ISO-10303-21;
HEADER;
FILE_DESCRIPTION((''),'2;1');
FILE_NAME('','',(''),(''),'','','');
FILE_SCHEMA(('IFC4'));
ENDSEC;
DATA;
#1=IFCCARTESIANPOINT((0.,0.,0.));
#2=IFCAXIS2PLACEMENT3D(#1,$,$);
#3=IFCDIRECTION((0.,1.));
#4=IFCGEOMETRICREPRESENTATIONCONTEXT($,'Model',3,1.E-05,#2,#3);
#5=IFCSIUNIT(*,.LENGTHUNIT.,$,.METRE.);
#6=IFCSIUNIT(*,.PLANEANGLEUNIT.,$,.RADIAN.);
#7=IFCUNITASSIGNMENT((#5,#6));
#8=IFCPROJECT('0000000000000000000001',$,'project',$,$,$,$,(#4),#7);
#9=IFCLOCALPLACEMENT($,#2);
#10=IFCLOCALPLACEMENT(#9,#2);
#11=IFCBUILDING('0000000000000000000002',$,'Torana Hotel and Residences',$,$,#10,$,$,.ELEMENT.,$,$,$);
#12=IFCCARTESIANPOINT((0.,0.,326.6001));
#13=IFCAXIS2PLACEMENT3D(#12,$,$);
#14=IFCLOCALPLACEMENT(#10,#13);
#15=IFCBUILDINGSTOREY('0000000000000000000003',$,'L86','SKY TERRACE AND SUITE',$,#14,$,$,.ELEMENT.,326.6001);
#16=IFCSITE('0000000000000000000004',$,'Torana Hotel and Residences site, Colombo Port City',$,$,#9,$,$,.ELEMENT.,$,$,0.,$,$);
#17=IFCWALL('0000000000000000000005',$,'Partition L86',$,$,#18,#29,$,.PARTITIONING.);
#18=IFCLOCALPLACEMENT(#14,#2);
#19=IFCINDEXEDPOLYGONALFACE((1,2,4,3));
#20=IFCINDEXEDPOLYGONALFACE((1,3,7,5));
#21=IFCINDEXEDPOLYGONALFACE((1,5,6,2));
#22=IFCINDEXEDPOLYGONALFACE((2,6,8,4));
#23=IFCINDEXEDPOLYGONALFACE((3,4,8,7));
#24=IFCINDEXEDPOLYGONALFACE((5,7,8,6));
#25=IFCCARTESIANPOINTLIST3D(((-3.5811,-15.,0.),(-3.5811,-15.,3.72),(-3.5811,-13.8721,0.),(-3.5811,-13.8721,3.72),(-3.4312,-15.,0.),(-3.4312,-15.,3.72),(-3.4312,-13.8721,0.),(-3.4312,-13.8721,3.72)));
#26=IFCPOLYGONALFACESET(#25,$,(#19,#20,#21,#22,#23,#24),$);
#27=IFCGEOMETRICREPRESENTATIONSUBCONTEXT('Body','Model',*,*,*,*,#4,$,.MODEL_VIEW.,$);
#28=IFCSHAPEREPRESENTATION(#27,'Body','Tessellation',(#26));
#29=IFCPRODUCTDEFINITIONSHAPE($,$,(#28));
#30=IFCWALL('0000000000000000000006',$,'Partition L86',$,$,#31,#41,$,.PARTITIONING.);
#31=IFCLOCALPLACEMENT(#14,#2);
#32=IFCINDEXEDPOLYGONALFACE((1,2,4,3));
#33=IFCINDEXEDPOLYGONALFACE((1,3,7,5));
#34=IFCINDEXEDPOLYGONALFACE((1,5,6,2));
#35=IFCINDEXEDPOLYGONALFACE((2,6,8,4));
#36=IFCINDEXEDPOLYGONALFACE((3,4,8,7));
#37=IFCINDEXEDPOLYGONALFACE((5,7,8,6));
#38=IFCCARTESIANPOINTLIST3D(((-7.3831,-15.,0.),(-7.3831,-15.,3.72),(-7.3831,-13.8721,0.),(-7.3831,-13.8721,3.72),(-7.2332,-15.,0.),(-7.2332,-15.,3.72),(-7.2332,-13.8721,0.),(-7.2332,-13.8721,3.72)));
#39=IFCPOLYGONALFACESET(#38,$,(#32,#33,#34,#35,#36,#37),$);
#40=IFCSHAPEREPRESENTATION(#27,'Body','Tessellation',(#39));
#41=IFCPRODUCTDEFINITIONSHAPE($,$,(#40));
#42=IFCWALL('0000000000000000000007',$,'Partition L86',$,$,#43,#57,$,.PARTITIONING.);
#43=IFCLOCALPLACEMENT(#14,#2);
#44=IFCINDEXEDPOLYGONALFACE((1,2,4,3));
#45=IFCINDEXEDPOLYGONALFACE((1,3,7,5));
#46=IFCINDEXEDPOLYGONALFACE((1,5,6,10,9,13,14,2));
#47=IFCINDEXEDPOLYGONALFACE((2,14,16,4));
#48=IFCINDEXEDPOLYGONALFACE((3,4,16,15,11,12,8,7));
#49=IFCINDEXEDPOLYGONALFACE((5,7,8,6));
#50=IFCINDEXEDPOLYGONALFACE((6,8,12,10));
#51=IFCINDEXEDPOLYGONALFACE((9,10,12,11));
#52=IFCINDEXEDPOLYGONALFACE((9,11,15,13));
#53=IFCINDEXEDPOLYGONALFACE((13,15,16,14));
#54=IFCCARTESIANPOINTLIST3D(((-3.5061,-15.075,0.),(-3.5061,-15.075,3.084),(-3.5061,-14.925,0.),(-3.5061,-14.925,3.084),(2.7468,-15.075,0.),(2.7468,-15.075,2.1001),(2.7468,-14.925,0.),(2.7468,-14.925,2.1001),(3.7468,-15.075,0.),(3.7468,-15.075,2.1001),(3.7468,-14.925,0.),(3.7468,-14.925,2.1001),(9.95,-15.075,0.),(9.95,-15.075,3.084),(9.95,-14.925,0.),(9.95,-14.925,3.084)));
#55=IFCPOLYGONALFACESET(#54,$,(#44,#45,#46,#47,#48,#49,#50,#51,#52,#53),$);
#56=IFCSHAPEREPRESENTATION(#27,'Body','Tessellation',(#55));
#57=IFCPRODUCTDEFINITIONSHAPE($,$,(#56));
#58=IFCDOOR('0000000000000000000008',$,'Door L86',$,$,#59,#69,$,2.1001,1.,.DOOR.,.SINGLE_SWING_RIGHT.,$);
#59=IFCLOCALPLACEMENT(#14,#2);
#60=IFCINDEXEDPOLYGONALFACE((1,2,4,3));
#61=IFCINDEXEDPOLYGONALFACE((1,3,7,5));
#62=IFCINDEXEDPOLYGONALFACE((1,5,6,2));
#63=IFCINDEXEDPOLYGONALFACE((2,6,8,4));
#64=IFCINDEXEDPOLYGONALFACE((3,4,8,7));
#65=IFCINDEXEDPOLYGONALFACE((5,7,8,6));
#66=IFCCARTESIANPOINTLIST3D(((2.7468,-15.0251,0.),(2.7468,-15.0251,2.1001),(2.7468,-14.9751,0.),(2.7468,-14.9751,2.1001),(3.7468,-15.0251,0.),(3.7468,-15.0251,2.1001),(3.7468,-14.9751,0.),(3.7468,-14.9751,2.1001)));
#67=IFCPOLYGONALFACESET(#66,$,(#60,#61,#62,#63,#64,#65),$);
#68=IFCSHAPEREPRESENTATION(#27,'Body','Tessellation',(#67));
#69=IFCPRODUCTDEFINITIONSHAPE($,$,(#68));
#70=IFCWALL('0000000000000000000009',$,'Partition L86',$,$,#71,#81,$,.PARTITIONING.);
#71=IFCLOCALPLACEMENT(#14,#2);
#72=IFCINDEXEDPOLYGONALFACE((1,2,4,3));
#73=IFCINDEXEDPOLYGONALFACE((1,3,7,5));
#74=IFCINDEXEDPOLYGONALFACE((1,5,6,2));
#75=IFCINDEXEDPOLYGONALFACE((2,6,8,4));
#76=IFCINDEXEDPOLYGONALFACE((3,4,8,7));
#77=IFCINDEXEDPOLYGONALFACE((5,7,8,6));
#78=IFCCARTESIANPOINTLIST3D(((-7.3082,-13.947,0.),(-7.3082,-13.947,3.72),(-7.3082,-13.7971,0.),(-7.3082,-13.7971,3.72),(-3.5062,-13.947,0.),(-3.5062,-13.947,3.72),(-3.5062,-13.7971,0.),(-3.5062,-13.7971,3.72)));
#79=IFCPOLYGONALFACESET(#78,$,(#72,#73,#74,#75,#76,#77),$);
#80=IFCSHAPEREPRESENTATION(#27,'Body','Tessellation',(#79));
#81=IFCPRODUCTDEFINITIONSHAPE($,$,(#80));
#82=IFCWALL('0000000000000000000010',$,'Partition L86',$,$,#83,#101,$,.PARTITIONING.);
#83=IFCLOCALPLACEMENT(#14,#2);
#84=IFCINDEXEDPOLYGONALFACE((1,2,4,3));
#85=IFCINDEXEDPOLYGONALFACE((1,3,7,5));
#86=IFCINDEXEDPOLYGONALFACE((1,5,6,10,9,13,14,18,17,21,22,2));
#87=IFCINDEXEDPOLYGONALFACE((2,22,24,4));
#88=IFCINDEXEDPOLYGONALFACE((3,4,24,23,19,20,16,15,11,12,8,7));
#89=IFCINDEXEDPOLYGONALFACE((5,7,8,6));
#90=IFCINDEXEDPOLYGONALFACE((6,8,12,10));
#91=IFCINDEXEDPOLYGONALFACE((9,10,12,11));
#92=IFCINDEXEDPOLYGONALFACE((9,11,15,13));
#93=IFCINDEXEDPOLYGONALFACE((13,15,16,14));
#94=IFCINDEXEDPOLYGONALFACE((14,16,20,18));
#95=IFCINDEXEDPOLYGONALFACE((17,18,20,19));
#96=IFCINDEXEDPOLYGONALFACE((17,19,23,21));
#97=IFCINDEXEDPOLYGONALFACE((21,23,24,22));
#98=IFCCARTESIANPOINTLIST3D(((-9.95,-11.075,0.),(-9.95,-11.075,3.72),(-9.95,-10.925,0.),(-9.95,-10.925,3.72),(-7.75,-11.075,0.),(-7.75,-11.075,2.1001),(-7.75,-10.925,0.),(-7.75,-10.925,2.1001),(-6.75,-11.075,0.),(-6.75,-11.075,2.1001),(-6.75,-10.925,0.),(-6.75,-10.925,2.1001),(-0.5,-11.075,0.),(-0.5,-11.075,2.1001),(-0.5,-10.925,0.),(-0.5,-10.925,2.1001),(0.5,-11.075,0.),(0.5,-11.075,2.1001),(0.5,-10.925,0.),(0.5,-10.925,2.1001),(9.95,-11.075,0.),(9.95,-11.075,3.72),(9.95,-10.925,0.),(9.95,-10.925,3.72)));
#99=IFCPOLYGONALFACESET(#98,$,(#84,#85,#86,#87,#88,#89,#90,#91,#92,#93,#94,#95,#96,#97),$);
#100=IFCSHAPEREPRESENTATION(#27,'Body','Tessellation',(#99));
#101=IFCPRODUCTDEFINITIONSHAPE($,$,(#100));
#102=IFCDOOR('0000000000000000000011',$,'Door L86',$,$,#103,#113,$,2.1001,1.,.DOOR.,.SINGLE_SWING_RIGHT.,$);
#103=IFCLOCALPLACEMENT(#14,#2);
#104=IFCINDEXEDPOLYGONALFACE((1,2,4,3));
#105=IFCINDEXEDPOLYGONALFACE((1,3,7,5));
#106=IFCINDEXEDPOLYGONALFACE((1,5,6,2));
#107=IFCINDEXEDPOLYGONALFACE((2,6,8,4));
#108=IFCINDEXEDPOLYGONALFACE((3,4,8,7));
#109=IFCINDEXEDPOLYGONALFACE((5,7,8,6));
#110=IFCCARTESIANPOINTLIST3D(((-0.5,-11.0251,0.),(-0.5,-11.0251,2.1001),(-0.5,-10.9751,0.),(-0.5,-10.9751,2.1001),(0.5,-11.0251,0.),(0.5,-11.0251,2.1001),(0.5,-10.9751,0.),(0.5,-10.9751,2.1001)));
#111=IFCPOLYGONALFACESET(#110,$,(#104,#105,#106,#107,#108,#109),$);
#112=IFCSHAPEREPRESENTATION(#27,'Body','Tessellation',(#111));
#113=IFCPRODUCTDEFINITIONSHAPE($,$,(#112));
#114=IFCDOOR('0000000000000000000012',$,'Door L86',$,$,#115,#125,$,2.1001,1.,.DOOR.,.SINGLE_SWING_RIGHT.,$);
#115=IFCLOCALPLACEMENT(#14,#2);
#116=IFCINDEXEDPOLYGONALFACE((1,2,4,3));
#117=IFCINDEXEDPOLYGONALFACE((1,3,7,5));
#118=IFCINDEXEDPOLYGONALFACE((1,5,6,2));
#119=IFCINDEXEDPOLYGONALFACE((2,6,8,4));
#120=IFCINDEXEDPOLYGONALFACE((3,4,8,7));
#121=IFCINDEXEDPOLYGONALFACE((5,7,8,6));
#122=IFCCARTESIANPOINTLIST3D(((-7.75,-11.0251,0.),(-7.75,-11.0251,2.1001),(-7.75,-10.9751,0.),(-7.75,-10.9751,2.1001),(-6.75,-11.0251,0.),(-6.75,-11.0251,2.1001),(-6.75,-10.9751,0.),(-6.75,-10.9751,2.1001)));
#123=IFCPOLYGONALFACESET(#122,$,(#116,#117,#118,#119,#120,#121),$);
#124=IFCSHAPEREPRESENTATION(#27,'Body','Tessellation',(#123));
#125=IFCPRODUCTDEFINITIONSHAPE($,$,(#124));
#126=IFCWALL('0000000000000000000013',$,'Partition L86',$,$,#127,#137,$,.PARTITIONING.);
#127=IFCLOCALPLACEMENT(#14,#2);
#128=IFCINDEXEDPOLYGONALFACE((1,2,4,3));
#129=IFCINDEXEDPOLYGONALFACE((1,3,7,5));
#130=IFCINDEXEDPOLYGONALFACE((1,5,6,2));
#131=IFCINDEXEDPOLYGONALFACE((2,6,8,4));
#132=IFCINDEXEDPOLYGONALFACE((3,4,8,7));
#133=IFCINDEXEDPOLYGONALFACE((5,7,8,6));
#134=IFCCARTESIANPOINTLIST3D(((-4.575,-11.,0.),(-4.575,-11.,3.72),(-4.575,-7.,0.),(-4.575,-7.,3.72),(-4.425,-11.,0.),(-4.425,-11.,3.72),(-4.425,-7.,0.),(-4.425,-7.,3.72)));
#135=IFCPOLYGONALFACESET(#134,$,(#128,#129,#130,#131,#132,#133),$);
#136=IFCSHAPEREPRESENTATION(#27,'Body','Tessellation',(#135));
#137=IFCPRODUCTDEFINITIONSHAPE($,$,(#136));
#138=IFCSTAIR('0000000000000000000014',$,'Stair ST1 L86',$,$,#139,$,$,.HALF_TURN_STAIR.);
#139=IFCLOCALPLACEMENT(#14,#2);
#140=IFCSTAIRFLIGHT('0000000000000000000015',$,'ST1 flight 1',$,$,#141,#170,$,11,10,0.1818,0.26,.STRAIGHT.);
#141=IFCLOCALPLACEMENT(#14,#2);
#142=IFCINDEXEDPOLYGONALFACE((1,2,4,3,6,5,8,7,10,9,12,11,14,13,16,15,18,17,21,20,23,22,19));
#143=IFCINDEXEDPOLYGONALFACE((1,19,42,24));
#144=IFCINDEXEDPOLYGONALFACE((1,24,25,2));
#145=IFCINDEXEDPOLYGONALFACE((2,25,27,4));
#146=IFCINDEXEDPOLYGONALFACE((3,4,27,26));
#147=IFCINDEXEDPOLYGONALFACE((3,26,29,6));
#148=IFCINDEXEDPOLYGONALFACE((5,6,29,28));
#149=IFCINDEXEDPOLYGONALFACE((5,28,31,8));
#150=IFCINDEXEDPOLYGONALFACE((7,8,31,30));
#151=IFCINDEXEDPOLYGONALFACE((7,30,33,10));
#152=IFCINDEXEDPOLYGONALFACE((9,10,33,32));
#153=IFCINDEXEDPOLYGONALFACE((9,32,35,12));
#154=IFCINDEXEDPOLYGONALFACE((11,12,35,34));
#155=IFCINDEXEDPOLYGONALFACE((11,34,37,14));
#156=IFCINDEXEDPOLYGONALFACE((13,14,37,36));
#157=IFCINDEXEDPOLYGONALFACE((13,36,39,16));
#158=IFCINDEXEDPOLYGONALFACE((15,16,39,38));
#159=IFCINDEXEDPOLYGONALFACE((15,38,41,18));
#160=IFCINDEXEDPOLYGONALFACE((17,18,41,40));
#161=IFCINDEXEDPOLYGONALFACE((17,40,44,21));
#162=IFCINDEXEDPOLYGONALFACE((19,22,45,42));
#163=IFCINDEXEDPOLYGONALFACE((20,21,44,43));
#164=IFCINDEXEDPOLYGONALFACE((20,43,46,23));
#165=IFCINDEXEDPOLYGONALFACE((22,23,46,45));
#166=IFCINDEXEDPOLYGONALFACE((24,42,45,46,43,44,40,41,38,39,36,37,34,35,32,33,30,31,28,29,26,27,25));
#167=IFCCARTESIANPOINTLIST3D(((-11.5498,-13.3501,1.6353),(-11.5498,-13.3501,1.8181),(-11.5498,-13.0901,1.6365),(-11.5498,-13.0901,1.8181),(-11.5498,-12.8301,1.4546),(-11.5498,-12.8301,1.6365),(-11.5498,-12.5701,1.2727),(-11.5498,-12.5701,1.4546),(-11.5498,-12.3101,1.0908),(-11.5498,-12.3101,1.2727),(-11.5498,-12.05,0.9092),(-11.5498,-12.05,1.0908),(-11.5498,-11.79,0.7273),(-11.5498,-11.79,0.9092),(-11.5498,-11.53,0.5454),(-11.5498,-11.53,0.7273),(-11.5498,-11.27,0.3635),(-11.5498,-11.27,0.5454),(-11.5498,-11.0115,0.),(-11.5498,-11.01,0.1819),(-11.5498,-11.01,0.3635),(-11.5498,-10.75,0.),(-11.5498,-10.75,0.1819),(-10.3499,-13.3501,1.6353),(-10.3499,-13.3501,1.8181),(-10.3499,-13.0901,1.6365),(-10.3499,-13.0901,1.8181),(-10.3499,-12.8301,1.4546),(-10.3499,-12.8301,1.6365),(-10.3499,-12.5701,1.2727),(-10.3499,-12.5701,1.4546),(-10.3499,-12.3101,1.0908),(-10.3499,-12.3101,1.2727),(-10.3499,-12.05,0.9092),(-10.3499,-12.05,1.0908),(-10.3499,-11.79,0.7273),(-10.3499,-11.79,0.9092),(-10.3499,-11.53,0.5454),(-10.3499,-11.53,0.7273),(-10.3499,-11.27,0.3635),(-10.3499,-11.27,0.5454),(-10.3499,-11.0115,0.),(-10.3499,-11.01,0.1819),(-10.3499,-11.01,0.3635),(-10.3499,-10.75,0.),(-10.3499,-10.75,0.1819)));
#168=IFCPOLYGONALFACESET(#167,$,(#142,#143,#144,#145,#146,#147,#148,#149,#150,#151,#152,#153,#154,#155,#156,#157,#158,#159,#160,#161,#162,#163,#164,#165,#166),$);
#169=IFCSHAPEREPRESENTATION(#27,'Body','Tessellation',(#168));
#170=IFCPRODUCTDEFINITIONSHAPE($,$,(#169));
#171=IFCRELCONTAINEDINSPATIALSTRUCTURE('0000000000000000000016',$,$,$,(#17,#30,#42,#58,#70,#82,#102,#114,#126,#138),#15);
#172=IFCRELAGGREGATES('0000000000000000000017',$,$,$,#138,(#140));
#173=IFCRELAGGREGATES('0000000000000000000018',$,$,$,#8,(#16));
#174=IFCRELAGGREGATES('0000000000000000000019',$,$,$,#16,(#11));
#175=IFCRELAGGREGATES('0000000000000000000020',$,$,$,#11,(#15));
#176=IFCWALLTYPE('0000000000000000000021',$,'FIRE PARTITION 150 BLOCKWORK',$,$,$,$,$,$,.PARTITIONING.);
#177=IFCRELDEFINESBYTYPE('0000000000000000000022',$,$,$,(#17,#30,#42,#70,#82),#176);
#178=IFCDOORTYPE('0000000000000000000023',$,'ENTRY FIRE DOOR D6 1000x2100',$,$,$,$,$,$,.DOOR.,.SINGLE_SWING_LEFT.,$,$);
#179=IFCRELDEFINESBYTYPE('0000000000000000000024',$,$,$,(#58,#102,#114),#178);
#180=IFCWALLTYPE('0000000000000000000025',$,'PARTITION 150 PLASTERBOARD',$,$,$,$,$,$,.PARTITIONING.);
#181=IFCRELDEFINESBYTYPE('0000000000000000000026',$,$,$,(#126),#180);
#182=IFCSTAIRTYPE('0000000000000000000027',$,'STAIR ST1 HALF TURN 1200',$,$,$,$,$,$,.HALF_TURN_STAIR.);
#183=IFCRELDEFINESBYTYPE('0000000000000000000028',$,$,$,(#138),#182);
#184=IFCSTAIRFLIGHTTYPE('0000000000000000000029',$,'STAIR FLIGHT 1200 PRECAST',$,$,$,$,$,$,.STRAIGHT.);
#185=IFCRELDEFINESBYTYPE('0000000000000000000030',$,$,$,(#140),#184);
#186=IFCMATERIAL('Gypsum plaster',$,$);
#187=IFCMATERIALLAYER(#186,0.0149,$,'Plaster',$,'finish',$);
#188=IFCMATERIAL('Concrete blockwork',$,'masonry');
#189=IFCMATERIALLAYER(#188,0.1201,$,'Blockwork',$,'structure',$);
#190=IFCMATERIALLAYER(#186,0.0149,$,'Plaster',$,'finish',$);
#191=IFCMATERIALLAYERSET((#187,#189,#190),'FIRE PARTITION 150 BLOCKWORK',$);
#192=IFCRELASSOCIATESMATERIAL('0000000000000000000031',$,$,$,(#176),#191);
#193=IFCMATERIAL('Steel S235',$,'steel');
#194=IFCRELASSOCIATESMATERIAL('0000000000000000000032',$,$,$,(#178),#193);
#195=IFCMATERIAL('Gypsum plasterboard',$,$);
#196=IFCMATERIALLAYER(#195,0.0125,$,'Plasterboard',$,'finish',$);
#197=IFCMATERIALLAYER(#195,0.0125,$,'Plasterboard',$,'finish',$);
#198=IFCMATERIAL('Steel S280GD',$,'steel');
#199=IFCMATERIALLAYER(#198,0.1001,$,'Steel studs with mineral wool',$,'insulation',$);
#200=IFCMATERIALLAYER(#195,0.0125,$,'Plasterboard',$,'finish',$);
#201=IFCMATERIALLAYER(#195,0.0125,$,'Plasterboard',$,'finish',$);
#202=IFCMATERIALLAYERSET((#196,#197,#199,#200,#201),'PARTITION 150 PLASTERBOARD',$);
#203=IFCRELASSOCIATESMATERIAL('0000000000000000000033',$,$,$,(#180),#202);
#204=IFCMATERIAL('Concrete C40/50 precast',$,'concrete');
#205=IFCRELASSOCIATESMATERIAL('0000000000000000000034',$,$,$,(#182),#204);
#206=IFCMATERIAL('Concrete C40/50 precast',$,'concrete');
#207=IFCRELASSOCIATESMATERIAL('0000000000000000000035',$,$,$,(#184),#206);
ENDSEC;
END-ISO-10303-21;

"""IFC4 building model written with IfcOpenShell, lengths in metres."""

from ifc_helpers import new_model, si_unit, direction, frame, frame_2d, origin, place, context, subcontext, project, spatial, polyline, rectangle, outline, extrude, material, layer, layer_set, type_object, element, fill, aggregate, save


model = new_model("IFC4")

# Units and contexts
model_context = context("Model", 3, precision=1e-05, world=origin(), true_north=direction((0.0, 1.0)))
body_context = subcontext(model_context, "Body", "Model", "MODEL_VIEW")
ifc_project = project(units=[si_unit("LENGTHUNIT", "METRE"), si_unit("PLANEANGLEUNIT", "RADIAN")], contexts=[model_context])

# Site, building, storey
site_placement = place(None, origin())
site = spatial("IfcSite", under=ifc_project, at=site_placement, Name="Torana Hotel and Residences site, Colombo Port City", CompositionType="ELEMENT", RefElevation=0.0)
building_placement = place(site_placement, origin())
building = spatial("IfcBuilding", under=site, at=building_placement, Name="Torana Hotel and Residences", CompositionType="ELEMENT")
storey_placement = place(building_placement, frame((0.0, 0.0, 326.6001)))
storey = spatial("IfcBuildingStorey", under=building, at=storey_placement, Name="L86", Description="SKY TERRACE AND SUITE", CompositionType="ELEMENT", Elevation=326.6001)

# Shared definitions
ifc_material_1 = material(Name="Gypsum plaster")
ifc_layer_1 = layer(ifc_material_1, 0.0149, Name="Plaster", Category="finish")
ifc_material_2 = material(Name="Concrete blockwork", Category="masonry")
ifc_layer_2 = layer(ifc_material_2, 0.1201, Name="Blockwork", Category="structure")
ifc_layer_3 = layer(ifc_material_1, 0.0149, Name="Plaster", Category="finish")
ifc_layer_set_1 = layer_set([ifc_layer_1, ifc_layer_2, ifc_layer_3], Name="FIRE PARTITION 150 BLOCKWORK")
wall_type_1 = type_object("IfcWallType", Name="FIRE PARTITION 150 BLOCKWORK", PredefinedType="PARTITIONING", material=ifc_layer_set_1)
ifc_material_3 = material(Name="Steel S235", Category="steel")
door_type_1 = type_object("IfcDoorType", Name="ENTRY FIRE DOOR D6 1000x2100", OperationType="SINGLE_SWING_LEFT", PredefinedType="DOOR", material=ifc_material_3)

# Walls
for number, where, z_axis, x_axis, name in (
    (1, (-3.5061, -15.0, 0.0), (0.0, 0.0, 1.0), (0.0, 1.0, 0.0), "Partition L86"),
    (2, (-7.3081, -15.0, 0.0), (0.0, 0.0, 1.0), (0.0, 1.0, 0.0), "Partition L86"),
):
    element("IfcWall", number, at=place(storey_placement, frame(where, z_axis=z_axis, x_axis=x_axis)), inside=storey, type_object=wall_type_1, Name=name, PredefinedType="PARTITIONING", context=body_context, shape_type="SweptSolid", body=[
        extrude(rectangle(XDim=1.1279, YDim=0.1499, at=frame_2d((0.564, 0.0))), origin(), (0.0, 0.0, 1.0), 3.72),
    ])

# Wall, opening, door
wall_1_placement = place(storey_placement, frame((-3.5061, -15.0, 0.0), z_axis=(0.0, 0.0, 1.0), x_axis=(1.0, 0.0, 0.0)))
wall_1 = element("IfcWall", 3, at=wall_1_placement, inside=storey, type_object=wall_type_1, Name="Partition L86", PredefinedType="PARTITIONING", context=body_context, shape_type="SweptSolid", body=[
    extrude(rectangle(XDim=13.4561, YDim=0.1499, at=frame_2d((6.728, 0.0))), origin(), (0.0, 0.0, 1.0), 3.084),
])
opening_1_placement = place(wall_1_placement, frame((6.2529, 0.0, 0.0)))
opening_1 = element("IfcOpeningElement", 4, at=opening_1_placement, cuts=wall_1, PredefinedType="OPENING", context=body_context, shape_type="SweptSolid", body=[
    extrude(rectangle(XDim=1.0, YDim=2.1001, at=frame_2d((0.5, 1.05))), frame((0.0, 0.085, 0.0), z_axis=(0.0, -1.0, 0.0), x_axis=(1.0, 0.0, 0.0)), (0.0, 0.0, 1.0), 0.1699),
])
door_1_placement = place(opening_1_placement, origin())
door_1 = element("IfcDoor", 5, at=door_1_placement, inside=storey, type_object=door_type_1, Name="Door L86", OperationType="SINGLE_SWING_RIGHT", OverallHeight=2.1001, OverallWidth=1.0, PredefinedType="DOOR", context=body_context, shape_type="SweptSolid", body=[
    extrude(rectangle(XDim=1.0, YDim=2.1001, at=frame_2d((0.5, 1.05))), frame((0.0, 0.0249, 0.0), z_axis=(0.0, -1.0, 0.0), x_axis=(1.0, 0.0, 0.0)), (0.0, 0.0, 1.0), 0.05),
])
fill(opening_1, door_1)

# Wall
wall_2_placement = place(storey_placement, frame((-7.3081, -13.8721, 0.0), z_axis=(0.0, 0.0, 1.0), x_axis=(1.0, 0.0, 0.0)))
element("IfcWall", 6, at=wall_2_placement, inside=storey, type_object=wall_type_1, Name="Partition L86", PredefinedType="PARTITIONING", context=body_context, shape_type="SweptSolid", body=[
    extrude(rectangle(XDim=3.802, YDim=0.1499, at=frame_2d((1.9009, 0.0))), origin(), (0.0, 0.0, 1.0), 3.72),
])

# Wall, openings, doors
wall_3_placement = place(storey_placement, frame((-9.95, -11.0, 0.0), z_axis=(0.0, 0.0, 1.0), x_axis=(1.0, 0.0, 0.0)))
wall_3 = element("IfcWall", 7, at=wall_3_placement, inside=storey, type_object=wall_type_1, Name="Partition L86", PredefinedType="PARTITIONING", context=body_context, shape_type="SweptSolid", body=[
    extrude(rectangle(XDim=19.8999, YDim=0.1499, at=frame_2d((9.95, 0.0))), origin(), (0.0, 0.0, 1.0), 3.72),
])
opening_2_placement = place(wall_3_placement, frame((9.45, 0.0, 0.0)))
opening_2 = element("IfcOpeningElement", 8, at=opening_2_placement, cuts=wall_3, PredefinedType="OPENING", context=body_context, shape_type="SweptSolid", body=[
    extrude(rectangle(XDim=1.0, YDim=2.1001, at=frame_2d((0.5, 1.05))), frame((0.0, 0.085, 0.0), z_axis=(0.0, -1.0, 0.0), x_axis=(1.0, 0.0, 0.0)), (0.0, 0.0, 1.0), 0.1699),
])
opening_3_placement = place(wall_3_placement, frame((2.2, 0.0, 0.0)))
opening_3 = element("IfcOpeningElement", 9, at=opening_3_placement, cuts=wall_3, PredefinedType="OPENING", context=body_context, shape_type="SweptSolid", body=[
    extrude(rectangle(XDim=1.0, YDim=2.1001, at=frame_2d((0.5, 1.05))), frame((0.0, 0.085, 0.0), z_axis=(0.0, -1.0, 0.0), x_axis=(1.0, 0.0, 0.0)), (0.0, 0.0, 1.0), 0.1699),
])
door_2_placement = place(opening_2_placement, origin())
door_2 = element("IfcDoor", 10, at=door_2_placement, inside=storey, type_object=door_type_1, Name="Door L86", OperationType="SINGLE_SWING_RIGHT", OverallHeight=2.1001, OverallWidth=1.0, PredefinedType="DOOR", context=body_context, shape_type="SweptSolid", body=[
    extrude(rectangle(XDim=1.0, YDim=2.1001, at=frame_2d((0.5, 1.05))), frame((0.0, 0.0249, 0.0), z_axis=(0.0, -1.0, 0.0), x_axis=(1.0, 0.0, 0.0)), (0.0, 0.0, 1.0), 0.05),
])
fill(opening_2, door_2)
door_3_placement = place(opening_3_placement, origin())
door_3 = element("IfcDoor", 11, at=door_3_placement, inside=storey, type_object=door_type_1, Name="Door L86", OperationType="SINGLE_SWING_RIGHT", OverallHeight=2.1001, OverallWidth=1.0, PredefinedType="DOOR", context=body_context, shape_type="SweptSolid", body=[
    extrude(rectangle(XDim=1.0, YDim=2.1001, at=frame_2d((0.5, 1.05))), frame((0.0, 0.0249, 0.0), z_axis=(0.0, -1.0, 0.0), x_axis=(1.0, 0.0, 0.0)), (0.0, 0.0, 1.0), 0.05),
])
fill(opening_3, door_3)

# Wall
ifc_material_4 = material(Name="Gypsum plasterboard")
ifc_layer_4 = layer(ifc_material_4, 0.0125, Name="Plasterboard", Category="finish")
ifc_layer_5 = layer(ifc_material_4, 0.0125, Name="Plasterboard", Category="finish")
ifc_material_5 = material(Name="Steel S280GD", Category="steel")
ifc_layer_6 = layer(ifc_material_5, 0.1001, Name="Steel studs with mineral wool", Category="insulation")
ifc_layer_7 = layer(ifc_material_4, 0.0125, Name="Plasterboard", Category="finish")
ifc_layer_8 = layer(ifc_material_4, 0.0125, Name="Plasterboard", Category="finish")
ifc_layer_set_2 = layer_set([ifc_layer_4, ifc_layer_5, ifc_layer_6, ifc_layer_7, ifc_layer_8], Name="PARTITION 150 PLASTERBOARD")
wall_type_2 = type_object("IfcWallType", Name="PARTITION 150 PLASTERBOARD", PredefinedType="PARTITIONING", material=ifc_layer_set_2)
wall_4_placement = place(storey_placement, frame((-4.5, -11.0, 0.0), z_axis=(0.0, 0.0, 1.0), x_axis=(0.0, 1.0, 0.0)))
element("IfcWall", 12, at=wall_4_placement, inside=storey, type_object=wall_type_2, Name="Partition L86", PredefinedType="PARTITIONING", context=body_context, shape_type="SweptSolid", body=[
    extrude(rectangle(XDim=4.0, YDim=0.1499, at=frame_2d((2.0, 0.0))), origin(), (0.0, 0.0, 1.0), 3.72),
])

# Stair, stair flight
ifc_material_6 = material(Name="Concrete C40/50 precast", Category="concrete")
stair_type = type_object("IfcStairType", Name="STAIR ST1 HALF TURN 1200", PredefinedType="HALF_TURN_STAIR", material=ifc_material_6)
stair_placement = place(storey_placement, origin())
stair = element("IfcStair", 13, at=stair_placement, inside=storey, type_object=stair_type, Name="Stair ST1 L86", PredefinedType="HALF_TURN_STAIR")
ifc_material_7 = material(Name="Concrete C40/50 precast", Category="concrete")
stair_flight_type = type_object("IfcStairFlightType", Name="STAIR FLIGHT 1200 PRECAST", PredefinedType="STRAIGHT", material=ifc_material_7)
stair_flight_1_placement = place(storey_placement, frame((-10.95, -10.75, 0.0), z_axis=(0.0, 0.0, 1.0), x_axis=(0.0, -1.0, 0.0)))
stair_flight_1 = element("IfcStairFlight", 14, at=stair_flight_1_placement, type_object=stair_flight_type, Name="ST1 flight 1", NumberOfRisers=11, NumberOfTreads=10, PredefinedType="STRAIGHT", RiserHeight=0.1818, TreadLength=0.26, context=body_context, shape_type="SweptSolid", body=[
    extrude(outline(polyline([(0.0, 0.0), (0.0, 0.1819), (0.26, 0.1819), (0.26, 0.3635), (0.52, 0.3635), (0.52, 0.5454), (0.78, 0.5454), (0.78, 0.7273), (1.04, 0.7273), (1.04, 0.9092), (1.3, 0.9092), (1.3, 1.0908), (1.5601, 1.0908), (1.5601, 1.2727), (1.8201, 1.2727), (1.8201, 1.4546), (2.0801, 1.4546), (2.0801, 1.6365), (2.3401, 1.6365), (2.3401, 1.8181), (2.6001, 1.8181), (2.6001, 2.0), (2.6001, 1.6353), (0.2615, 0.0), (0.0, 0.0)])), frame((0.0, 0.6001, 0.0), z_axis=(0.0, -1.0, 0.0), x_axis=(1.0, 0.0, 0.0)), (0.0, 0.0, 1.0), 1.2),
])
aggregate(stair, [stair_flight_1])

save(model, "model.ifc")
